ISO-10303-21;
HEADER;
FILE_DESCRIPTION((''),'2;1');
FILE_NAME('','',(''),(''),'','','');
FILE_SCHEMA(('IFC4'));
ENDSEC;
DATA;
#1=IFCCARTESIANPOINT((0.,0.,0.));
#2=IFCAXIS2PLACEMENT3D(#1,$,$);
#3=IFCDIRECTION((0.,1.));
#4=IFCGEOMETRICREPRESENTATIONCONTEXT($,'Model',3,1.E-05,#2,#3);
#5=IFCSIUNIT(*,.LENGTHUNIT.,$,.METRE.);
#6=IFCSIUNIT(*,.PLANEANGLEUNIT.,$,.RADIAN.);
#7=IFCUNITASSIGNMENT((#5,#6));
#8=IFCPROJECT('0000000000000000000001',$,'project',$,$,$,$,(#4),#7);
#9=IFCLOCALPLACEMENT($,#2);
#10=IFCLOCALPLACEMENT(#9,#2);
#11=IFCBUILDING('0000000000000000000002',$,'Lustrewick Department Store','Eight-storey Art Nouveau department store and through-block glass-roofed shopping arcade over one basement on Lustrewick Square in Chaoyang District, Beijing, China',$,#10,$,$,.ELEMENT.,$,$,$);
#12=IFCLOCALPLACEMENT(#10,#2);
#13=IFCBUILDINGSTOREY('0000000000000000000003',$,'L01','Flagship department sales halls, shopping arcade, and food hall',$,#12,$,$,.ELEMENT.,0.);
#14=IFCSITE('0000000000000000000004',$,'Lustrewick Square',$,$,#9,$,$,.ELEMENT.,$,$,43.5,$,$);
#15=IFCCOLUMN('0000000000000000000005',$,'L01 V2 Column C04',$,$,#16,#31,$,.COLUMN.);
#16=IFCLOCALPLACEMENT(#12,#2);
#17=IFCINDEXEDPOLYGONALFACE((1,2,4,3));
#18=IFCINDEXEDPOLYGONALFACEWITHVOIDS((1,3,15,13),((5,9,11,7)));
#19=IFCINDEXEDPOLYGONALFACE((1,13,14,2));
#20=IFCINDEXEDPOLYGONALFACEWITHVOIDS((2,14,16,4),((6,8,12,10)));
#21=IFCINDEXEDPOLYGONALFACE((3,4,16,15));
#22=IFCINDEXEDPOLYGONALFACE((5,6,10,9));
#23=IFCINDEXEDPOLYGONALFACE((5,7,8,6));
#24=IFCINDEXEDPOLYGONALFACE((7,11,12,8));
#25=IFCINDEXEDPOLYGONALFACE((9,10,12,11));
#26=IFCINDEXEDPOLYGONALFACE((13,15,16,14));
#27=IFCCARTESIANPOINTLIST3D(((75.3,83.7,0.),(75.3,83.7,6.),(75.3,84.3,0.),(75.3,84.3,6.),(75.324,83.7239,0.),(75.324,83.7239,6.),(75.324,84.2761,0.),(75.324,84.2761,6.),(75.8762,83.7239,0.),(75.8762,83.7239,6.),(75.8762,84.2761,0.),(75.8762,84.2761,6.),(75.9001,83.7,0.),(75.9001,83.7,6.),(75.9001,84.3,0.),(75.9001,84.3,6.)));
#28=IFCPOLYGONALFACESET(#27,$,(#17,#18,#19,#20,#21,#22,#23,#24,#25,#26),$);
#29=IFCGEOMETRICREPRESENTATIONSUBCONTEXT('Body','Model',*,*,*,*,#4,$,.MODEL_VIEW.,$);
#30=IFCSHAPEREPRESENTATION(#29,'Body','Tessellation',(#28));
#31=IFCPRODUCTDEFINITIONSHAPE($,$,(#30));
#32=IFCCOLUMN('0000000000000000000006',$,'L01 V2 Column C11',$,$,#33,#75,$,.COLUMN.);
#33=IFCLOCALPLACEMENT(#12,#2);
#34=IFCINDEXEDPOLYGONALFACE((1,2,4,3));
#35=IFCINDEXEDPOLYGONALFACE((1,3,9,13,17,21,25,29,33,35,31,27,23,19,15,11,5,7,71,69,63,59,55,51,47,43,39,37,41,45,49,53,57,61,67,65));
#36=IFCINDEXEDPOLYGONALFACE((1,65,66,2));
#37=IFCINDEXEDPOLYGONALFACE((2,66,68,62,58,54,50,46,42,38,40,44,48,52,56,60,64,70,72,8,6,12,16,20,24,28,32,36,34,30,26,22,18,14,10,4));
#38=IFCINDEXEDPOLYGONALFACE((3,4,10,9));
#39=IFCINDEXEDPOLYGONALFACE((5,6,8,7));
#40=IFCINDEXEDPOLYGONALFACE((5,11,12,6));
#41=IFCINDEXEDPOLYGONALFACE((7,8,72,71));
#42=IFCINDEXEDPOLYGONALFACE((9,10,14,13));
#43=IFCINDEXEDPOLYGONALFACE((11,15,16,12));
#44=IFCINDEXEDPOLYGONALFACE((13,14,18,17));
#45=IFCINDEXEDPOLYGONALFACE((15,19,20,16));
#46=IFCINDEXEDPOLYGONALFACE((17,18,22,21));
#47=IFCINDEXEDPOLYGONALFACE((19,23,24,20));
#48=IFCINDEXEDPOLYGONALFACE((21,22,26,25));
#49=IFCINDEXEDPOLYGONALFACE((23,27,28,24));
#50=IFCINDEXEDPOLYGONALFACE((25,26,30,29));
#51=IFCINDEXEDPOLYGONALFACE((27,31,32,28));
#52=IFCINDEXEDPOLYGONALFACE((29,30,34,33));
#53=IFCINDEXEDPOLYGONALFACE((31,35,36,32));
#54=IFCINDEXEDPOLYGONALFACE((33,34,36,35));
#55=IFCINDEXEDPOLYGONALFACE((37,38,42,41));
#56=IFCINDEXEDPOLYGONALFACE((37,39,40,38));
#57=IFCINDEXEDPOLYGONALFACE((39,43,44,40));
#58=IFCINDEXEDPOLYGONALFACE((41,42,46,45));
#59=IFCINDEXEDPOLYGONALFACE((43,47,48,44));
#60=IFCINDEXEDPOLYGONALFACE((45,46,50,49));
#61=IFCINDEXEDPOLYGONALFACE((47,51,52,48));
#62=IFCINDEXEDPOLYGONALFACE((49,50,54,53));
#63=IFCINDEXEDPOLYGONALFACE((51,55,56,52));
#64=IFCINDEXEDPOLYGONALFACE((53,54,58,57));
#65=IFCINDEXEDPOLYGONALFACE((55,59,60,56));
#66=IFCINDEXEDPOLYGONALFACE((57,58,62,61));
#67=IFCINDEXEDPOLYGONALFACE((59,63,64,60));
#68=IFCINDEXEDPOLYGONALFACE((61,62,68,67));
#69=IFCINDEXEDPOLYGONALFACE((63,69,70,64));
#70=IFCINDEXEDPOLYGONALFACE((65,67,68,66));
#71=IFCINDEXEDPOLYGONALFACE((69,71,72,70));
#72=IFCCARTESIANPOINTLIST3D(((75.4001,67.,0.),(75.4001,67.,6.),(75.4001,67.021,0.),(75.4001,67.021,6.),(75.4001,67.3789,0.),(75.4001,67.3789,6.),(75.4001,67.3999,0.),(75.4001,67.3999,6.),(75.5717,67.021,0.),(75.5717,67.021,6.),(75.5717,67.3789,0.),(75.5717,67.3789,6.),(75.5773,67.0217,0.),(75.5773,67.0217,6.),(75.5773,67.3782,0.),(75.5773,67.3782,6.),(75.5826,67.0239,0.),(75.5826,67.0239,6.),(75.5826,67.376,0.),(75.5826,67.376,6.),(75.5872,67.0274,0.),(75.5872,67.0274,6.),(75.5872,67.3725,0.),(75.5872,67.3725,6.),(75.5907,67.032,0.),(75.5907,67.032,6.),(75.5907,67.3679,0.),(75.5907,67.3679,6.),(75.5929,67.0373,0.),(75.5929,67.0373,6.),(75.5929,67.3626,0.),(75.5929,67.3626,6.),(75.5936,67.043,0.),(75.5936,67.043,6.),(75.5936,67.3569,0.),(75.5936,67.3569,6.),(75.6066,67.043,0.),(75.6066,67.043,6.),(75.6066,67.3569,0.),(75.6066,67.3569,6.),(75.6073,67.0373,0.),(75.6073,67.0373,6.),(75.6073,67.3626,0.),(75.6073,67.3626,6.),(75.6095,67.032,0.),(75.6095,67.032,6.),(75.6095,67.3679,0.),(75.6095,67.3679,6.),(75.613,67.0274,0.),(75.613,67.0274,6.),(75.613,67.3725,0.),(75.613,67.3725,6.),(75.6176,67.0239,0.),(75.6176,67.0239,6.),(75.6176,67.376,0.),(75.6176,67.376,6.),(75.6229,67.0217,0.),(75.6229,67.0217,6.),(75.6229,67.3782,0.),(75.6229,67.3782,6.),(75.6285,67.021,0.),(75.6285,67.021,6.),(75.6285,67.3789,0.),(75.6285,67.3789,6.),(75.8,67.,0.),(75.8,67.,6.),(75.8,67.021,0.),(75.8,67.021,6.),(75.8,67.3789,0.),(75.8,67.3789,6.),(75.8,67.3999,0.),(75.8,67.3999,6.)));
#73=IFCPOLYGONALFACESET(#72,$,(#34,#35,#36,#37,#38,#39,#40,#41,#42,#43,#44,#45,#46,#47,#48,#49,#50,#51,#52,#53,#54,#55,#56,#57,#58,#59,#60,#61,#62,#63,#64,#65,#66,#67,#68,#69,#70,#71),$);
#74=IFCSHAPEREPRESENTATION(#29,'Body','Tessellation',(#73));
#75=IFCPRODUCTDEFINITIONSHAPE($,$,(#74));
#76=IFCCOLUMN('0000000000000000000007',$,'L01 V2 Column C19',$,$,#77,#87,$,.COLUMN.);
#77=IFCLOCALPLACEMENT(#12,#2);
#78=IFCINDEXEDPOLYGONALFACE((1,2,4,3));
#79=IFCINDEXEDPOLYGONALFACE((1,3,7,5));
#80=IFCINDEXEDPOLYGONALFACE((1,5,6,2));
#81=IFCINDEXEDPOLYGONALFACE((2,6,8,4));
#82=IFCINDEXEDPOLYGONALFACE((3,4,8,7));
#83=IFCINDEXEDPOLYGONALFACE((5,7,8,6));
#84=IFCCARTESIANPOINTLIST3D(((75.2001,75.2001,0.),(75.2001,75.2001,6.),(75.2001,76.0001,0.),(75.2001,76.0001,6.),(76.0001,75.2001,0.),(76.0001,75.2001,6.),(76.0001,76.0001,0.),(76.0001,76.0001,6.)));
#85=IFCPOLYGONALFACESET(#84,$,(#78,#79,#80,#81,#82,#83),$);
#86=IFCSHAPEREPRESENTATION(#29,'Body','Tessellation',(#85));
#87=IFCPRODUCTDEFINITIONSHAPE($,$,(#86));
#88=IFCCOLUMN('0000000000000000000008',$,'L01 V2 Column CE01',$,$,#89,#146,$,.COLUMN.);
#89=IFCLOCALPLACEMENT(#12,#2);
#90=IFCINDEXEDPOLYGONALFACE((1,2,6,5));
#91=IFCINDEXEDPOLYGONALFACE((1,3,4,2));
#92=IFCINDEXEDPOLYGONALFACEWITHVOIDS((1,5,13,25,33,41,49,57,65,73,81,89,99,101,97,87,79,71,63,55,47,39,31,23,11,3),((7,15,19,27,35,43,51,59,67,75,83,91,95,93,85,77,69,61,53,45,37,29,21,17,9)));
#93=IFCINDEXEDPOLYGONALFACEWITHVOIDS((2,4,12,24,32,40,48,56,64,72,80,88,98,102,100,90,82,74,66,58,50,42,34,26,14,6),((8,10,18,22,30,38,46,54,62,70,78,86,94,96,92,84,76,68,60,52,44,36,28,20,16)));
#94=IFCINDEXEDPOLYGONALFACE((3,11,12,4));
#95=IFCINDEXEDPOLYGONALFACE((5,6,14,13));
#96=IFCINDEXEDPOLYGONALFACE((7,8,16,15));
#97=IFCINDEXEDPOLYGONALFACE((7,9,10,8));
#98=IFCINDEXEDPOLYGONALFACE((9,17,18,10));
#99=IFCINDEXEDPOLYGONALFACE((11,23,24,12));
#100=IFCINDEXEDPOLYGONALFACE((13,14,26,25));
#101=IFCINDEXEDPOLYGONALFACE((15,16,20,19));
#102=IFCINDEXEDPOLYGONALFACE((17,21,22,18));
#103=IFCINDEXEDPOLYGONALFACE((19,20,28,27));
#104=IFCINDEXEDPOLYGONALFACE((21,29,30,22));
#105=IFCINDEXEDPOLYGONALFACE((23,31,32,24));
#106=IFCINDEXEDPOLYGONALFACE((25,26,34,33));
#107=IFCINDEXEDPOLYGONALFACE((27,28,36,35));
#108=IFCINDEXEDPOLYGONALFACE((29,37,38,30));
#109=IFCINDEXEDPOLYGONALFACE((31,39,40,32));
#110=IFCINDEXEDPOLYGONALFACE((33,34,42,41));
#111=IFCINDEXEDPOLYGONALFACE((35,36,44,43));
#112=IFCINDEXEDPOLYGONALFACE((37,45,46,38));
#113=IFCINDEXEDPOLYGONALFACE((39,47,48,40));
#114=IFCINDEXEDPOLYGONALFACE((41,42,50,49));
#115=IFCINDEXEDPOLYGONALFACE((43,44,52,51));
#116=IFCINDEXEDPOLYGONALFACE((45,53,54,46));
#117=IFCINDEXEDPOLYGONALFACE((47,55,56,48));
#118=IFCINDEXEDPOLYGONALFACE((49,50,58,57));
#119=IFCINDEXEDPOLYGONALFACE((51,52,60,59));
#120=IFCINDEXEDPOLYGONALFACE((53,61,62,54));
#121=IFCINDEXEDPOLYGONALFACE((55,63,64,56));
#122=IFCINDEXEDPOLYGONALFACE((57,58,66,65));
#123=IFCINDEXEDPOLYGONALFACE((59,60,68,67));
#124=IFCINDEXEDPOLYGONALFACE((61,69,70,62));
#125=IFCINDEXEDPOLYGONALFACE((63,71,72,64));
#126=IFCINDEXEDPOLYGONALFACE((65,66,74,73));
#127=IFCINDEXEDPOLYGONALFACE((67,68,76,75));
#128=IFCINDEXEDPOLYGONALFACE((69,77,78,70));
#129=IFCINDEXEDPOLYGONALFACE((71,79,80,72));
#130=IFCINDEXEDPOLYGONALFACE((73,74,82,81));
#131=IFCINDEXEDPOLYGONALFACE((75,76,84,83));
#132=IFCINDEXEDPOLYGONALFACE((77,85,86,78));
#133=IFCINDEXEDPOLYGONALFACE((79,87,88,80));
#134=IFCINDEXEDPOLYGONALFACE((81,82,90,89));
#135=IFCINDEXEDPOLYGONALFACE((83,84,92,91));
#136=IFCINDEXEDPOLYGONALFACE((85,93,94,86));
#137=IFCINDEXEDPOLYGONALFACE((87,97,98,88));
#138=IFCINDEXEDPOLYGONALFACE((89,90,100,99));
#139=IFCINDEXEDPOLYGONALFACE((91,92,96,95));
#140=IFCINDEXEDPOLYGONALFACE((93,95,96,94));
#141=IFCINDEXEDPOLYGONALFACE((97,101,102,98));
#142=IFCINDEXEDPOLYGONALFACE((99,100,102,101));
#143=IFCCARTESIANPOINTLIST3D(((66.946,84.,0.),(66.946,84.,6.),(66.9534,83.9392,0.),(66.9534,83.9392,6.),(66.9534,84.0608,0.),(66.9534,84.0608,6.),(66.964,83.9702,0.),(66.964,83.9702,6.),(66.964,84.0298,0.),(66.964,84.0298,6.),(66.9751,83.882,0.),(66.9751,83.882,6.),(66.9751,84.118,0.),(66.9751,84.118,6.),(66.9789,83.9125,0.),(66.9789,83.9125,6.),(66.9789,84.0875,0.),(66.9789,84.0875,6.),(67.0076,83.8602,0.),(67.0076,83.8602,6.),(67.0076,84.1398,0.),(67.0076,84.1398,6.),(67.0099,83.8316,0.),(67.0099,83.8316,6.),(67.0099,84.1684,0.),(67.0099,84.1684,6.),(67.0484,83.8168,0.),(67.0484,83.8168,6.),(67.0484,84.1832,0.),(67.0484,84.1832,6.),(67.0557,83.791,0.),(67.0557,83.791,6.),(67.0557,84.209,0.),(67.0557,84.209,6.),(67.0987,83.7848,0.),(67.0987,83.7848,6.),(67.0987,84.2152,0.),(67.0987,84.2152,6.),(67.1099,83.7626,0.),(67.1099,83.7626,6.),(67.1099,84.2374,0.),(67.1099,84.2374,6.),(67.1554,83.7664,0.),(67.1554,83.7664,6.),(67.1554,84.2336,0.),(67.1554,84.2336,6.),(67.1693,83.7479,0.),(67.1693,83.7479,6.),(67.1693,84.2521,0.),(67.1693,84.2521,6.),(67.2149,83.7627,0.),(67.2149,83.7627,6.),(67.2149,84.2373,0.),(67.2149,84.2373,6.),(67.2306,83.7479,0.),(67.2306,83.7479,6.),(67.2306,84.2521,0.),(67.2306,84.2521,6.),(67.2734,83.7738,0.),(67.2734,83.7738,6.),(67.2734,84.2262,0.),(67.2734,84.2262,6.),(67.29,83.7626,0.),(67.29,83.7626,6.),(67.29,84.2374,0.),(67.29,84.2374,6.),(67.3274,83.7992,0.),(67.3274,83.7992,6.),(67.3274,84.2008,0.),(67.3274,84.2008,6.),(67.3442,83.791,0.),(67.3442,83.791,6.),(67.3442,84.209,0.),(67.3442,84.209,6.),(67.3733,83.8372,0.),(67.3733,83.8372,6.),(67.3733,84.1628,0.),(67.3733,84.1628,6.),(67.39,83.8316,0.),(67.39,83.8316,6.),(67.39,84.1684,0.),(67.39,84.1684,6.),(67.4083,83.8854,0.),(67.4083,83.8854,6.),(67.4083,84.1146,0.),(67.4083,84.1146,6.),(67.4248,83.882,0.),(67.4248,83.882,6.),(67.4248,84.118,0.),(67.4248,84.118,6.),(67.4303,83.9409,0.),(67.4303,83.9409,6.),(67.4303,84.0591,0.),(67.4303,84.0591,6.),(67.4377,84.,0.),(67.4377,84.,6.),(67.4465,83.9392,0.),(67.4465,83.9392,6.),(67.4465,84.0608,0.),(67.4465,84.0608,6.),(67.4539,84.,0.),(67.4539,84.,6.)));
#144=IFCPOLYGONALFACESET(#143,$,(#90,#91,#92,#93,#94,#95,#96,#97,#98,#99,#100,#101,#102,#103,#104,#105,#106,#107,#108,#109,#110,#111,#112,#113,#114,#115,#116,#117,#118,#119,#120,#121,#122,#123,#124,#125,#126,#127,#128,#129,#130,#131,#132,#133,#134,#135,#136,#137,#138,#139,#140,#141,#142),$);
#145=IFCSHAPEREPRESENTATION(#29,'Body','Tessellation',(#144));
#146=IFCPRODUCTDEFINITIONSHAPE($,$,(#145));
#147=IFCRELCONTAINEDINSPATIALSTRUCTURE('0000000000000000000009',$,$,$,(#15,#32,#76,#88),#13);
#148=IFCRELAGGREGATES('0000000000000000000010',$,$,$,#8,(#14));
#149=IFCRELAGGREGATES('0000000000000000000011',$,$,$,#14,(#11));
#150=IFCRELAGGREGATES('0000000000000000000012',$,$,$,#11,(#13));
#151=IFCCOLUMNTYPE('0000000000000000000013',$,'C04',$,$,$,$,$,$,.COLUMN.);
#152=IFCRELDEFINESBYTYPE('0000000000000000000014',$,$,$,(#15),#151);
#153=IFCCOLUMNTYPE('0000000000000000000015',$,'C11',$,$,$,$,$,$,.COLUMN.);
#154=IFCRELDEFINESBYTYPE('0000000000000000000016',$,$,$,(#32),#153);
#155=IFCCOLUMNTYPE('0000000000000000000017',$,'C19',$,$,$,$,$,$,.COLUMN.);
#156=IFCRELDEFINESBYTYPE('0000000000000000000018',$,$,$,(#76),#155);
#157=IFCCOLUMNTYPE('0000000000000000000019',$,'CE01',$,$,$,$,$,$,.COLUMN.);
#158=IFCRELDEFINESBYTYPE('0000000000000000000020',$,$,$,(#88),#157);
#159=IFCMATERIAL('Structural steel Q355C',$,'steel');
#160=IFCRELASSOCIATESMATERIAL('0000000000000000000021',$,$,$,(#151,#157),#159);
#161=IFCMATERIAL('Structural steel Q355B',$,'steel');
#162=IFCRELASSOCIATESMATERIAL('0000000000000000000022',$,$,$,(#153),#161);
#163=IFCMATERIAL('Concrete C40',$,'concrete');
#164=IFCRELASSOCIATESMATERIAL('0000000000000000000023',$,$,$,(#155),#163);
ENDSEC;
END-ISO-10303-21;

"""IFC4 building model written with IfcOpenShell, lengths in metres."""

from ifc_helpers import new_model, si_unit, direction, frame, origin, origin_2d, place, context, subcontext, project, spatial, rectangle, hollow_rectangle, hollow_circle, i_section, extrude, material, material_profile, profile_set, type_object, element, save


model = new_model("IFC4")

# Units and contexts
model_context = context("Model", 3, precision=1e-05, world=origin(), true_north=direction((0.0, 1.0)))
body_context = subcontext(model_context, "Body", "Model", "MODEL_VIEW")
ifc_project = project(units=[si_unit("LENGTHUNIT", "METRE"), si_unit("PLANEANGLEUNIT", "RADIAN")], contexts=[model_context])

# Site, building, storey
site_placement = place(None, origin())
site = spatial("IfcSite", under=ifc_project, at=site_placement, Name="Lustrewick Square", CompositionType="ELEMENT", RefElevation=43.5)
building_placement = place(site_placement, origin())
building = spatial("IfcBuilding", under=site, at=building_placement, Name="Lustrewick Department Store", Description="Eight-storey Art Nouveau department store and through-block glass-roofed shopping arcade over one basement on Lustrewick Square in Chaoyang District, Beijing, China", CompositionType="ELEMENT")
storey_placement = place(building_placement, origin())
storey = spatial("IfcBuildingStorey", under=building, at=storey_placement, Name="L01", Description="Flagship department sales halls, shopping arcade, and food hall", CompositionType="ELEMENT", Elevation=0.0)

# Columns
ifc_material_1 = material(Name="Structural steel Q355C", Category="steel")
ifc_material_profile_1 = material_profile(ifc_material_1, hollow_rectangle(XDim=0.6001, YDim=0.6001, WallThickness=0.0239, at=origin_2d()), Name="BOX 600x600x24")
ifc_profile_set_1 = profile_set([ifc_material_profile_1], Name="Structural steel Q355C")
column_type_1 = type_object("IfcColumnType", Name="C04", PredefinedType="COLUMN", material=ifc_profile_set_1)
column_1_placement = place(storey_placement, frame((75.6001, 84.0, 0.0), z_axis=(0.0, 0.0, 1.0), x_axis=(1.0, 0.0, 0.0)))
element("IfcColumn", 1, at=column_1_placement, inside=storey, type_object=column_type_1, Name="L01 V2 Column C04", PredefinedType="COLUMN", context=body_context, shape_type="SweptSolid", body=[
    extrude(hollow_rectangle(XDim=0.6001, YDim=0.6001, WallThickness=0.0239, at=origin_2d()), origin(), (0.0, 0.0, 1.0), 6.0),
])
ifc_material_2 = material(Name="Structural steel Q355B", Category="steel")
ifc_material_profile_2 = material_profile(ifc_material_2, i_section(OverallWidth=0.3999, OverallDepth=0.3999, WebThickness=0.0129, FlangeThickness=0.021, FilletRadius=0.022, at=origin_2d()), Name="HW 400x400x13x21")
ifc_profile_set_2 = profile_set([ifc_material_profile_2], Name="Structural steel Q355B")
column_type_2 = type_object("IfcColumnType", Name="C11", PredefinedType="COLUMN", material=ifc_profile_set_2)
column_2_placement = place(storey_placement, frame((75.6001, 67.2, 0.0), z_axis=(0.0, 0.0, 1.0), x_axis=(1.0, 0.0, 0.0)))
element("IfcColumn", 2, at=column_2_placement, inside=storey, type_object=column_type_2, Name="L01 V2 Column C11", PredefinedType="COLUMN", context=body_context, shape_type="SweptSolid", body=[
    extrude(i_section(OverallWidth=0.3999, OverallDepth=0.3999, WebThickness=0.0129, FlangeThickness=0.021, FilletRadius=0.022, at=origin_2d()), origin(), (0.0, 0.0, 1.0), 6.0),
])
ifc_material_3 = material(Name="Concrete C40", Category="concrete")
ifc_material_profile_3 = material_profile(ifc_material_3, rectangle(XDim=0.8, YDim=0.8, at=origin_2d()), Name="RC 800x800")
ifc_profile_set_3 = profile_set([ifc_material_profile_3], Name="Concrete C40")
column_type_3 = type_object("IfcColumnType", Name="C19", PredefinedType="COLUMN", material=ifc_profile_set_3)
column_3_placement = place(storey_placement, frame((75.6001, 75.6001, 0.0), z_axis=(0.0, 0.0, 1.0), x_axis=(1.0, 0.0, 0.0)))
element("IfcColumn", 3, at=column_3_placement, inside=storey, type_object=column_type_3, Name="L01 V2 Column C19", PredefinedType="COLUMN", context=body_context, shape_type="SweptSolid", body=[
    extrude(rectangle(XDim=0.8, YDim=0.8, at=origin_2d()), origin(), (0.0, 0.0, 1.0), 6.0),
])
ifc_material_profile_4 = material_profile(ifc_material_1, hollow_circle(Radius=0.2539, WallThickness=0.0161, at=origin_2d()), Name="CHS 508x16")
ifc_profile_set_4 = profile_set([ifc_material_profile_4], Name="Structural steel Q355C")
column_type_4 = type_object("IfcColumnType", Name="CE01", PredefinedType="COLUMN", material=ifc_profile_set_4)
column_4_placement = place(storey_placement, frame((67.2, 84.0, 0.0), z_axis=(0.0, 0.0, 1.0), x_axis=(1.0, 0.0, 0.0)))
element("IfcColumn", 4, at=column_4_placement, inside=storey, type_object=column_type_4, Name="L01 V2 Column CE01", PredefinedType="COLUMN", context=body_context, shape_type="SweptSolid", body=[
    extrude(hollow_circle(Radius=0.2539, WallThickness=0.0161, at=origin_2d()), origin(), (0.0, 0.0, 1.0), 6.0),
])

save(model, "model.ifc")
